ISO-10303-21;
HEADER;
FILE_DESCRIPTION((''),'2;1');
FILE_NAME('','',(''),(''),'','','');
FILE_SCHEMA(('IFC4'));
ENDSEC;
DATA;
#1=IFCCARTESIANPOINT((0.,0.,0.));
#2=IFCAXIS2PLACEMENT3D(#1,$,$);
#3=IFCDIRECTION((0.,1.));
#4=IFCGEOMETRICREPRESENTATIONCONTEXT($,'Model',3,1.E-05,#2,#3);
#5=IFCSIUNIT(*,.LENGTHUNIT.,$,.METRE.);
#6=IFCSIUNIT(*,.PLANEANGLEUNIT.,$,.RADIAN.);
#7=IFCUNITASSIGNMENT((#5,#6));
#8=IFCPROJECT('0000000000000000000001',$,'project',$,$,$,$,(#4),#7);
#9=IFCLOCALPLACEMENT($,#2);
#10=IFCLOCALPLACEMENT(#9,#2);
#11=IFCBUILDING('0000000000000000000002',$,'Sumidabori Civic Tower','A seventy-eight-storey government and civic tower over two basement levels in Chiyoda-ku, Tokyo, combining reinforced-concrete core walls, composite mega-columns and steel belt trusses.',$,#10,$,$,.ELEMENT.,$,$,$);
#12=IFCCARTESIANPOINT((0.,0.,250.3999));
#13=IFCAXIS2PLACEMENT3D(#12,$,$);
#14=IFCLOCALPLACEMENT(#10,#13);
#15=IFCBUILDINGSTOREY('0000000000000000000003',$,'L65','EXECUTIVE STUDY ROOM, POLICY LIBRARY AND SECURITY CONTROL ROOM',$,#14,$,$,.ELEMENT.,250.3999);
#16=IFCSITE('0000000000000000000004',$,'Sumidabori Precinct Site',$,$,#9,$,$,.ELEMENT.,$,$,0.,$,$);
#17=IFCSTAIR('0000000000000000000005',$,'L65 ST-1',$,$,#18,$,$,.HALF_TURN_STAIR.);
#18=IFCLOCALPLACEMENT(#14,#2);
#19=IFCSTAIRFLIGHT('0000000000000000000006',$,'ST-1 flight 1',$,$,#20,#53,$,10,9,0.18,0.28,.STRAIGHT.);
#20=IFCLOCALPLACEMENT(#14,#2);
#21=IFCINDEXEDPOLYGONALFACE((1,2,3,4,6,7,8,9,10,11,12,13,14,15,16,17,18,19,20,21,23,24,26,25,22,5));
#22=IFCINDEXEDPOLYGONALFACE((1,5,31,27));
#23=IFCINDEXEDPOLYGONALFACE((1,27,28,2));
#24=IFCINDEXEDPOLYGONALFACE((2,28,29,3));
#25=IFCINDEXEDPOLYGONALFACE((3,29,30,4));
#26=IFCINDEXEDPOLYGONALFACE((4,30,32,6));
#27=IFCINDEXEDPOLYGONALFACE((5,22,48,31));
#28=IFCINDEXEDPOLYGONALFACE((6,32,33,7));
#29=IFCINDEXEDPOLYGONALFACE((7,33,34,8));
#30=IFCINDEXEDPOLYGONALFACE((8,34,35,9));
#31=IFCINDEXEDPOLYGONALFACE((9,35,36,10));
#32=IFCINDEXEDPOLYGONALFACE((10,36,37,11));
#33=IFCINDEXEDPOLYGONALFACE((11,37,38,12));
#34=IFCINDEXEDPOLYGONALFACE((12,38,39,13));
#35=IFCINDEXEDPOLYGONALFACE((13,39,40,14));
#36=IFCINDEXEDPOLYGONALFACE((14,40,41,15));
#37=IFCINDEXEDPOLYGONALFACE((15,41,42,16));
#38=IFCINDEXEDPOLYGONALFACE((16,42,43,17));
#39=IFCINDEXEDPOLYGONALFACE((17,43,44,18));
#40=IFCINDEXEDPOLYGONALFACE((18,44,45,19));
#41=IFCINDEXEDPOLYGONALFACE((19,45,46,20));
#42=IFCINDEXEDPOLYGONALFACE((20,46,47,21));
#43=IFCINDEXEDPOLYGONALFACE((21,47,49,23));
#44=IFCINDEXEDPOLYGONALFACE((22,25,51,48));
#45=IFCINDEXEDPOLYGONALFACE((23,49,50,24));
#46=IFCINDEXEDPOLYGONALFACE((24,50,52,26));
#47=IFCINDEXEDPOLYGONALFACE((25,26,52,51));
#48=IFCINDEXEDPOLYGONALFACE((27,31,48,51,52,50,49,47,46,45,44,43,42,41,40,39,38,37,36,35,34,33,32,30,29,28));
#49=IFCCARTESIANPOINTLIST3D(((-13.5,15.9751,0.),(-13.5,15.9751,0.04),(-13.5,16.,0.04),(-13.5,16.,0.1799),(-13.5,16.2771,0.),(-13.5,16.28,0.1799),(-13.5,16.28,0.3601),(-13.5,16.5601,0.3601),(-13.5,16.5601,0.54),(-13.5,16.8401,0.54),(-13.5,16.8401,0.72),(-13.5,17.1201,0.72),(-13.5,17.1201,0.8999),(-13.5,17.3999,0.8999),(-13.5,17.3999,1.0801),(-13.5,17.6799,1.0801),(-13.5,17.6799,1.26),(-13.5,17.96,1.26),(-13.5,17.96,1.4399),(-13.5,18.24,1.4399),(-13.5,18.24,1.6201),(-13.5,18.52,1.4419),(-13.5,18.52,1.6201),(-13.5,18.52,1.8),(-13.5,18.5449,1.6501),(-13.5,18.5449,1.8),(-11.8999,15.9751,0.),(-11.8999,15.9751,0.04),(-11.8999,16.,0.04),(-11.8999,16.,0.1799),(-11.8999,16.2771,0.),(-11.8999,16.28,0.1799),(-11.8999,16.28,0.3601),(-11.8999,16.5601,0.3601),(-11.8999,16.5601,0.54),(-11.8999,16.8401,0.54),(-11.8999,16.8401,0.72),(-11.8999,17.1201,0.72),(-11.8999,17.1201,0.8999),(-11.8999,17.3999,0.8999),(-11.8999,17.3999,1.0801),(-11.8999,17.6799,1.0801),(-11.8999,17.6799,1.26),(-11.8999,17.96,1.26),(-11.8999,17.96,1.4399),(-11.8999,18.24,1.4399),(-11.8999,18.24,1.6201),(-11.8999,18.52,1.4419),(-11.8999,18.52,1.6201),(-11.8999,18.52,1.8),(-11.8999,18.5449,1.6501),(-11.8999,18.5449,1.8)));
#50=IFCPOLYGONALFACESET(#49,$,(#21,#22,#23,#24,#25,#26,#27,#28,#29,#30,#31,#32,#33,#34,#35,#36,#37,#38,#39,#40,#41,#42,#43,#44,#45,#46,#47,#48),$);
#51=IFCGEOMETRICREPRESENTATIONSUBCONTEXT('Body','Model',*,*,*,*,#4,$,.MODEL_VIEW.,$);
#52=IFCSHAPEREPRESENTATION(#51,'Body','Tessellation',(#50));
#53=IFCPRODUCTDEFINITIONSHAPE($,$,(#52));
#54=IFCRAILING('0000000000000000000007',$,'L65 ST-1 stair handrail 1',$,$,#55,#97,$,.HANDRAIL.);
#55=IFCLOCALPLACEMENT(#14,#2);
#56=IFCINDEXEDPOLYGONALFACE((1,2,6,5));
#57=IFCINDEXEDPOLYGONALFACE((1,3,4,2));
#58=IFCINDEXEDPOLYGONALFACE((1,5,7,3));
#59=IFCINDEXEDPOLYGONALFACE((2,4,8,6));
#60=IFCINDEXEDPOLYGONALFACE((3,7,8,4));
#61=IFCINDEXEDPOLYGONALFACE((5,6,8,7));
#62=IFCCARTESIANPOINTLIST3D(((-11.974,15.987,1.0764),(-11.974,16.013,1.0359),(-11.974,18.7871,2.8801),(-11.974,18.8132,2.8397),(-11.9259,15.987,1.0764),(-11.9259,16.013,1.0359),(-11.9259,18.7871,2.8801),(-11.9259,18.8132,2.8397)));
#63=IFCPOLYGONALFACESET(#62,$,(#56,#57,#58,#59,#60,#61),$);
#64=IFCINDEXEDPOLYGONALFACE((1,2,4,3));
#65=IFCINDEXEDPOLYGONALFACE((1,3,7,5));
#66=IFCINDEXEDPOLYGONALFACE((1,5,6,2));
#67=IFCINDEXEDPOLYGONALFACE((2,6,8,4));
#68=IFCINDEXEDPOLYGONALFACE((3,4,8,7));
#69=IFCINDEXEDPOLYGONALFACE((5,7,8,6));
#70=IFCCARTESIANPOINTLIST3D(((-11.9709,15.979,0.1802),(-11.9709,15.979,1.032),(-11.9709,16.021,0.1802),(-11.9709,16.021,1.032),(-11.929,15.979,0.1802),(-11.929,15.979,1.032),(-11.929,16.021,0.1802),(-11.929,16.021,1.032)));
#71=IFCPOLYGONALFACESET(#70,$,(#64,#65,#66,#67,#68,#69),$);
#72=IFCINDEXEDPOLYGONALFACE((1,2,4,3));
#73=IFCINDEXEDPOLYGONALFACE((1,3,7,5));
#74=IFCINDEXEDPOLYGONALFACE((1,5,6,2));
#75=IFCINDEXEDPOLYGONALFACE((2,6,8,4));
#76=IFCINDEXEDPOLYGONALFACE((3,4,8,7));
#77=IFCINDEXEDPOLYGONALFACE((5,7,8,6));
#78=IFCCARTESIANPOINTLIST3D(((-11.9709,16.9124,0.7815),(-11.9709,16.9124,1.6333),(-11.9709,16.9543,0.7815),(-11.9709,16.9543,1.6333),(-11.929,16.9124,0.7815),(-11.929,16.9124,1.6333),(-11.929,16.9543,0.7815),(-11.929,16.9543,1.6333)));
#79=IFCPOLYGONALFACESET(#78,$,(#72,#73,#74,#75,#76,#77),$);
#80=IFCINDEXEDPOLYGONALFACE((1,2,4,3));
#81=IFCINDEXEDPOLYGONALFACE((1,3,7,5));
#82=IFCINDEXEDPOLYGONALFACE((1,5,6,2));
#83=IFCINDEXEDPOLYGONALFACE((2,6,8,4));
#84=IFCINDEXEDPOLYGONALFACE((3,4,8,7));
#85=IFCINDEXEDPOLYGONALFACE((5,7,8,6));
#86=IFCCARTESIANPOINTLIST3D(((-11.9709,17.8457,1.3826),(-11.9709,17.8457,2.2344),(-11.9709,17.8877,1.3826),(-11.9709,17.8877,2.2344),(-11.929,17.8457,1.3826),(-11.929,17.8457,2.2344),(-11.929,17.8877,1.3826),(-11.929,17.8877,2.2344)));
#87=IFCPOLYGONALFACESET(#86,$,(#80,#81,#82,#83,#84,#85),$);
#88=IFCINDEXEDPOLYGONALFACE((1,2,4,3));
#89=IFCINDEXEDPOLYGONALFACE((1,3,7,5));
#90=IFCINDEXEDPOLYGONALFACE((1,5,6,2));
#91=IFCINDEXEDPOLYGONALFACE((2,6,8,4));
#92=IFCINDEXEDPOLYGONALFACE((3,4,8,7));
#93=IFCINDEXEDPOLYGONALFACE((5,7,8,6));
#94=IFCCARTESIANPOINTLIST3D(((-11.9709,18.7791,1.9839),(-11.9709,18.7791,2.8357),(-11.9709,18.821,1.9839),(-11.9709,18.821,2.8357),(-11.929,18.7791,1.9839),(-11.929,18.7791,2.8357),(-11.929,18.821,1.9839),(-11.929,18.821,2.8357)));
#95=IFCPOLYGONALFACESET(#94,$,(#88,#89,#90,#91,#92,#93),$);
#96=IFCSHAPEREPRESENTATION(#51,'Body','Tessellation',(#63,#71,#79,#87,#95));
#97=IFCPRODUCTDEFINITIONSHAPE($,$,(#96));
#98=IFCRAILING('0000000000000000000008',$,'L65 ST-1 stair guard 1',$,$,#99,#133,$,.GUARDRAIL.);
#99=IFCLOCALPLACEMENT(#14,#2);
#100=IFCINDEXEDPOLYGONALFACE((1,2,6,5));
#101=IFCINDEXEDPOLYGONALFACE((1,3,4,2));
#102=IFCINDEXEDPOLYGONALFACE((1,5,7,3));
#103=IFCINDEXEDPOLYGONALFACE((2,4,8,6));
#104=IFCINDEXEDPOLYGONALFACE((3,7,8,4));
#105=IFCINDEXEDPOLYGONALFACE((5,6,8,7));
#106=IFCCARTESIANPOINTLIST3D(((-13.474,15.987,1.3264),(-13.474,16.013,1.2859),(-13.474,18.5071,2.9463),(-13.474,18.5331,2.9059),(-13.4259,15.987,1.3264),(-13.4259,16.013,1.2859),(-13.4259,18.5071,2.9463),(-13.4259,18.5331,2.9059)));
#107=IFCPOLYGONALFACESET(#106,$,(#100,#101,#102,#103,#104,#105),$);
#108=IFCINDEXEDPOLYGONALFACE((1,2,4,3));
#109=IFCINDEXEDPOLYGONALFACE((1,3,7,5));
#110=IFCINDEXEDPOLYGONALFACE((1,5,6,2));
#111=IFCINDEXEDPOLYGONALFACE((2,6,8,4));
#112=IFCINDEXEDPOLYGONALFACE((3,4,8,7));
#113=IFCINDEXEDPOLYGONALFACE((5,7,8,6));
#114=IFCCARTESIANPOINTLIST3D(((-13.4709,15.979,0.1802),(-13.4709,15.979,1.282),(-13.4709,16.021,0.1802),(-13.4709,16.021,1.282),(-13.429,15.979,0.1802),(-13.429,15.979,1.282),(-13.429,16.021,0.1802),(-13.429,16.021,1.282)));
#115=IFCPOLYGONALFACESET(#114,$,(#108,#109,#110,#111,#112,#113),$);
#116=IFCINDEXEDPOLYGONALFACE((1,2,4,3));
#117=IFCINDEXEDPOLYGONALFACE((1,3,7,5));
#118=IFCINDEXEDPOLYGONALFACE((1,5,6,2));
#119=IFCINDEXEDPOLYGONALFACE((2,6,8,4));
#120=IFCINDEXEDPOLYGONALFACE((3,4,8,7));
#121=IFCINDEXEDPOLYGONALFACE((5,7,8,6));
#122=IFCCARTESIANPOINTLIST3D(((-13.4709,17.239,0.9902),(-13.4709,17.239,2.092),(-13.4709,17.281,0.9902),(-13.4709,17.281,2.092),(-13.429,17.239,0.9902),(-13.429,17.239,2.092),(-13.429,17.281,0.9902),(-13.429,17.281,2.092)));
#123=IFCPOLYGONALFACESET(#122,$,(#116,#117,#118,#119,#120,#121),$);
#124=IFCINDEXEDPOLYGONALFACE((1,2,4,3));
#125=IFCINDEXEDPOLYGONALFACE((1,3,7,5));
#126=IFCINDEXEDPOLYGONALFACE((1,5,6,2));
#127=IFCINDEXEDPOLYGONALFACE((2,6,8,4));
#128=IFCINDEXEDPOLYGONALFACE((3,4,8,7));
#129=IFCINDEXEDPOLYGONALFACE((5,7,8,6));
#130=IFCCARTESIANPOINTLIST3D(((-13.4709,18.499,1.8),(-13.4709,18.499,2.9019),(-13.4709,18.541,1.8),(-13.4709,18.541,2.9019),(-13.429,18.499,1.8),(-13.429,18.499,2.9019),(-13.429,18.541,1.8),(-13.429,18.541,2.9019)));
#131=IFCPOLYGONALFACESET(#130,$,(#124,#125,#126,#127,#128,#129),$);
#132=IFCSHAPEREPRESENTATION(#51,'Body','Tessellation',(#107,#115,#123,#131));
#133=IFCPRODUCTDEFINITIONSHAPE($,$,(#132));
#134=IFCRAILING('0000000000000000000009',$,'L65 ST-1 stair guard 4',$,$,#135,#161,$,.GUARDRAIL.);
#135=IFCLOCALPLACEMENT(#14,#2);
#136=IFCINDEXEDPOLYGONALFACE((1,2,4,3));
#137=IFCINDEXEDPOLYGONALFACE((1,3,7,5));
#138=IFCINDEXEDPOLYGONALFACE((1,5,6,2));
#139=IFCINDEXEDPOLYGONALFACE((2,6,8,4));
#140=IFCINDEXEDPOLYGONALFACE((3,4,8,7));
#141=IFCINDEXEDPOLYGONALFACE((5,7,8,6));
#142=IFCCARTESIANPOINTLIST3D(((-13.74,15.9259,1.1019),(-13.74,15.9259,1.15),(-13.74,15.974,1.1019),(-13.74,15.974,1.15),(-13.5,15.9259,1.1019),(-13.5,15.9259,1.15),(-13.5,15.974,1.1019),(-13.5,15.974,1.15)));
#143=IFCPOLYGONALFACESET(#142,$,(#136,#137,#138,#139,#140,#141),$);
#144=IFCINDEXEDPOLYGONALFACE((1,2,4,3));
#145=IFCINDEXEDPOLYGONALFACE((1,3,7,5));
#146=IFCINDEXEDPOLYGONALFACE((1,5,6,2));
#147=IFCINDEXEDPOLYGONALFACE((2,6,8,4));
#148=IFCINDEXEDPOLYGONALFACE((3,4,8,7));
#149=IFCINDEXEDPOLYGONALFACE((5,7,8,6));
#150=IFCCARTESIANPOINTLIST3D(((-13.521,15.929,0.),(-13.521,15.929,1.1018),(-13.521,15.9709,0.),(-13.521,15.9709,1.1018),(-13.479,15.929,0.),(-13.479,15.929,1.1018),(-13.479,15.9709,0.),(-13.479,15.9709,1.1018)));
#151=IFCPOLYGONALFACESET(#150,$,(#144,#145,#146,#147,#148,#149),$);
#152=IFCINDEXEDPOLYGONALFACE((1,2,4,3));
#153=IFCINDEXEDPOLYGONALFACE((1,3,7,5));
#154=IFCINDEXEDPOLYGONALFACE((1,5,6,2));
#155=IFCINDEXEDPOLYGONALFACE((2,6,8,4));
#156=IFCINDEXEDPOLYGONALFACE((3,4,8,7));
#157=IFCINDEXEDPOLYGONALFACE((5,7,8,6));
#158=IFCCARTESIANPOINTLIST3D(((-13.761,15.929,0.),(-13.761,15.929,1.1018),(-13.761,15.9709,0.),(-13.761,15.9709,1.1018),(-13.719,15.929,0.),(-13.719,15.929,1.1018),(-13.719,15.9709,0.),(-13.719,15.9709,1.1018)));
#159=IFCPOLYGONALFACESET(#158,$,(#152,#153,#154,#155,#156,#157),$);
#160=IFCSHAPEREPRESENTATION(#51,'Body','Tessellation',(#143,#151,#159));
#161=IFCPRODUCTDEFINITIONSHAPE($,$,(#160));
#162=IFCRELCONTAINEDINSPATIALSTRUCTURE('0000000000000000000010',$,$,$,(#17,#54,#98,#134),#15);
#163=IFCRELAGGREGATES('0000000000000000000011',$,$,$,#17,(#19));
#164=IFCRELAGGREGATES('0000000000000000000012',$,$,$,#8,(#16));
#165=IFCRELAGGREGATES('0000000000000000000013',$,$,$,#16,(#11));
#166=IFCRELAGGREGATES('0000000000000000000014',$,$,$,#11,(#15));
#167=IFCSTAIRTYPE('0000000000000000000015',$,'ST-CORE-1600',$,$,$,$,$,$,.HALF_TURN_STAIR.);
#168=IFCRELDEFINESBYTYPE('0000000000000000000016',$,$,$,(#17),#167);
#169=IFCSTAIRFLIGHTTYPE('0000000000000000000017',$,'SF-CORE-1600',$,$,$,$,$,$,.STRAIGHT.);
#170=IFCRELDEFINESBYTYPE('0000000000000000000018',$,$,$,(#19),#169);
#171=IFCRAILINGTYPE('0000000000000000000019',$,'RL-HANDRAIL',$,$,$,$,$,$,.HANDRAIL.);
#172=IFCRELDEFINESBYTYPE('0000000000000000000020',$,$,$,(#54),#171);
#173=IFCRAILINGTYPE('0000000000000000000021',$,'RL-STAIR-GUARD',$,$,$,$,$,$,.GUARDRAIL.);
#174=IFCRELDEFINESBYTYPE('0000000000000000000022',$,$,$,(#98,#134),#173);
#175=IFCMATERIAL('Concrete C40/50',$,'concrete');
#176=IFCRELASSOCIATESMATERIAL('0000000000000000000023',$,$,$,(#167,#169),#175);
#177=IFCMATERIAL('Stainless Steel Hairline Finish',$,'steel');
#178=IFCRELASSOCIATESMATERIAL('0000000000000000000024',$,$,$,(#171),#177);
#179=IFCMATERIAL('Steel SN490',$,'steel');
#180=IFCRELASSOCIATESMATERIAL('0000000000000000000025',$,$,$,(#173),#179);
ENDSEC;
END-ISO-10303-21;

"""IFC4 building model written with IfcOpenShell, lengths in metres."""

from ifc_helpers import new_model, si_unit, direction, frame, origin, origin_2d, place, context, subcontext, project, spatial, polyline, rectangle, outline, extrude, source, transform, mapped, material, type_object, element, aggregate, save


model = new_model("IFC4")

# Units and contexts
model_context = context("Model", 3, precision=1e-05, world=origin(), true_north=direction((0.0, 1.0)))
body_context = subcontext(model_context, "Body", "Model", "MODEL_VIEW")
ifc_project = project(units=[si_unit("LENGTHUNIT", "METRE"), si_unit("PLANEANGLEUNIT", "RADIAN")], contexts=[model_context])

# Site, building, storey
site_placement = place(None, origin())
site = spatial("IfcSite", under=ifc_project, at=site_placement, Name="Sumidabori Precinct Site", CompositionType="ELEMENT", RefElevation=0.0)
building_placement = place(site_placement, origin())
building = spatial("IfcBuilding", under=site, at=building_placement, Name="Sumidabori Civic Tower", Description="A seventy-eight-storey government and civic tower over two basement levels in Chiyoda-ku, Tokyo, combining reinforced-concrete core walls, composite mega-columns and steel belt trusses.", CompositionType="ELEMENT")
storey_placement = place(building_placement, frame((0.0, 0.0, 250.3999)))
storey = spatial("IfcBuildingStorey", under=building, at=storey_placement, Name="L65", Description="EXECUTIVE STUDY ROOM, POLICY LIBRARY AND SECURITY CONTROL ROOM", CompositionType="ELEMENT", Elevation=250.3999)

# Shared definitions
ifc_material_1 = material(Name="Stainless Steel Hairline Finish", Category="steel")

# Shared definitions
ifc_material_2 = material(Name="Steel SN490", Category="steel")

# Stair, stair flight
ifc_material_3 = material(Name="Concrete C40/50", Category="concrete")
stair_type = type_object("IfcStairType", Name="ST-CORE-1600", PredefinedType="HALF_TURN_STAIR", material=ifc_material_3)
stair_placement = place(storey_placement, origin())
stair = element("IfcStair", 1, at=stair_placement, inside=storey, type_object=stair_type, Name="L65 ST-1", PredefinedType="HALF_TURN_STAIR")
stair_flight_type = type_object("IfcStairFlightType", Name="SF-CORE-1600", PredefinedType="STRAIGHT", material=ifc_material_3)
shared_shape_1 = source(origin(), body_context, "Body", "SweptSolid", [
    extrude(outline(polyline([(-0.0249, 0.0), (-0.0249, 0.04), (0.0, 0.04), (0.0, 0.1799), (0.28, 0.1799), (0.28, 0.3601), (0.5601, 0.3601), (0.5601, 0.54), (0.8401, 0.54), (0.8401, 0.72), (1.1201, 0.72), (1.1201, 0.8999), (1.3999, 0.8999), (1.3999, 1.0801), (1.6799, 1.0801), (1.6799, 1.26), (1.96, 1.26), (1.96, 1.4399), (2.24, 1.4399), (2.24, 1.6201), (2.52, 1.6201), (2.52, 1.8), (2.5449, 1.8), (2.5449, 1.6501), (2.52, 1.4419), (0.2771, 0.0), (-0.0249, 0.0)])), frame((0.0, 0.8, 0.0), z_axis=(0.0, -1.0, 0.0), x_axis=(1.0, 0.0, 0.0)), (0.0, 0.0, 1.0), 1.6001),
])
stair_flight_placement = place(storey_placement, frame((-12.7, 16.0, 0.0), z_axis=(0.0, 0.0, 1.0), x_axis=(0.0, 1.0, 0.0)))
stair_flight = element("IfcStairFlight", 2, at=stair_flight_placement, type_object=stair_flight_type, Name="ST-1 flight 1", NumberOfRisers=10, NumberOfTreads=9, PredefinedType="STRAIGHT", RiserHeight=0.18, TreadLength=0.28, context=body_context, shape_type="MappedRepresentation", body=[
    mapped(shared_shape_1, transform((0.0, 0.0, 0.0), x_axis=(1.0, 0.0, 0.0), y_axis=(0.0, 1.0, 0.0), z_axis=(0.0, 0.0, 1.0), scale=1.0)),
])
aggregate(stair, [stair_flight])

# Railings
railing_type_1 = type_object("IfcRailingType", Name="RL-HANDRAIL", PredefinedType="HANDRAIL", material=ifc_material_1)
railing_1_placement = place(storey_placement, frame((-11.95, 16.0, 0.1802)))
element("IfcRailing", 3, at=railing_1_placement, inside=storey, type_object=railing_type_1, Name="L65 ST-1 stair handrail 1", PredefinedType="HANDRAIL", context=body_context, shape_type="SweptSolid", body=[
    extrude(rectangle(XDim=0.0481, YDim=0.0481, at=origin_2d()), frame((0.0, 0.0, 0.876), z_axis=(0.0, 0.840676, 0.541539), x_axis=(-1.0, 0.0, 0.0)), (0.0, 0.0, 1.0), 3.3308),
    extrude(rectangle(XDim=0.042, YDim=0.042, at=origin_2d()), origin(), (0.0, 0.0, 1.0), 0.8518),
    extrude(rectangle(XDim=0.042, YDim=0.042, at=origin_2d()), frame((0.0, 0.9333, 0.6013)), (0.0, 0.0, 1.0), 0.8518),
    extrude(rectangle(XDim=0.042, YDim=0.042, at=origin_2d()), frame((0.0, 1.8667, 1.2024)), (0.0, 0.0, 1.0), 0.8518),
    extrude(rectangle(XDim=0.042, YDim=0.042, at=origin_2d()), frame((0.0, 2.8, 1.8037)), (0.0, 0.0, 1.0), 0.8518),
])
railing_type_2 = type_object("IfcRailingType", Name="RL-STAIR-GUARD", PredefinedType="GUARDRAIL", material=ifc_material_2)
railing_2_placement = place(storey_placement, frame((-13.45, 16.0, 0.1802)))
element("IfcRailing", 4, at=railing_2_placement, inside=storey, type_object=railing_type_2, Name="L65 ST-1 stair guard 1", PredefinedType="GUARDRAIL", context=body_context, shape_type="SweptSolid", body=[
    extrude(rectangle(XDim=0.0481, YDim=0.0481, at=origin_2d()), frame((0.0, 0.0, 1.126), z_axis=(0.0, 0.8412, 0.540725), x_axis=(-1.0, 0.0, 0.0)), (0.0, 0.0, 1.0), 2.9958),
    extrude(rectangle(XDim=0.042, YDim=0.042, at=origin_2d()), origin(), (0.0, 0.0, 1.0), 1.1018),
    extrude(rectangle(XDim=0.042, YDim=0.042, at=origin_2d()), frame((0.0, 1.26, 0.8101)), (0.0, 0.0, 1.0), 1.1018),
    extrude(rectangle(XDim=0.042, YDim=0.042, at=origin_2d()), frame((0.0, 2.52, 1.6199)), (0.0, 0.0, 1.0), 1.1018),
])
railing_3_placement = place(storey_placement, frame((-13.5, 15.95, 0.0)))
element("IfcRailing", 5, at=railing_3_placement, inside=storey, type_object=railing_type_2, Name="L65 ST-1 stair guard 4", PredefinedType="GUARDRAIL", context=body_context, shape_type="SweptSolid", body=[
    extrude(rectangle(XDim=0.0481, YDim=0.0481, at=origin_2d()), frame((0.0, 0.0, 1.126), z_axis=(-1.0, 0.0, 0.0), x_axis=(0.0, -1.0, 0.0)), (0.0, 0.0, 1.0), 0.24),
    extrude(rectangle(XDim=0.042, YDim=0.042, at=origin_2d()), origin(), (0.0, 0.0, 1.0), 1.1018),
    extrude(rectangle(XDim=0.042, YDim=0.042, at=origin_2d()), frame((-0.24, 0.0, 0.0)), (0.0, 0.0, 1.0), 1.1018),
])

save(model, "model.ifc")
